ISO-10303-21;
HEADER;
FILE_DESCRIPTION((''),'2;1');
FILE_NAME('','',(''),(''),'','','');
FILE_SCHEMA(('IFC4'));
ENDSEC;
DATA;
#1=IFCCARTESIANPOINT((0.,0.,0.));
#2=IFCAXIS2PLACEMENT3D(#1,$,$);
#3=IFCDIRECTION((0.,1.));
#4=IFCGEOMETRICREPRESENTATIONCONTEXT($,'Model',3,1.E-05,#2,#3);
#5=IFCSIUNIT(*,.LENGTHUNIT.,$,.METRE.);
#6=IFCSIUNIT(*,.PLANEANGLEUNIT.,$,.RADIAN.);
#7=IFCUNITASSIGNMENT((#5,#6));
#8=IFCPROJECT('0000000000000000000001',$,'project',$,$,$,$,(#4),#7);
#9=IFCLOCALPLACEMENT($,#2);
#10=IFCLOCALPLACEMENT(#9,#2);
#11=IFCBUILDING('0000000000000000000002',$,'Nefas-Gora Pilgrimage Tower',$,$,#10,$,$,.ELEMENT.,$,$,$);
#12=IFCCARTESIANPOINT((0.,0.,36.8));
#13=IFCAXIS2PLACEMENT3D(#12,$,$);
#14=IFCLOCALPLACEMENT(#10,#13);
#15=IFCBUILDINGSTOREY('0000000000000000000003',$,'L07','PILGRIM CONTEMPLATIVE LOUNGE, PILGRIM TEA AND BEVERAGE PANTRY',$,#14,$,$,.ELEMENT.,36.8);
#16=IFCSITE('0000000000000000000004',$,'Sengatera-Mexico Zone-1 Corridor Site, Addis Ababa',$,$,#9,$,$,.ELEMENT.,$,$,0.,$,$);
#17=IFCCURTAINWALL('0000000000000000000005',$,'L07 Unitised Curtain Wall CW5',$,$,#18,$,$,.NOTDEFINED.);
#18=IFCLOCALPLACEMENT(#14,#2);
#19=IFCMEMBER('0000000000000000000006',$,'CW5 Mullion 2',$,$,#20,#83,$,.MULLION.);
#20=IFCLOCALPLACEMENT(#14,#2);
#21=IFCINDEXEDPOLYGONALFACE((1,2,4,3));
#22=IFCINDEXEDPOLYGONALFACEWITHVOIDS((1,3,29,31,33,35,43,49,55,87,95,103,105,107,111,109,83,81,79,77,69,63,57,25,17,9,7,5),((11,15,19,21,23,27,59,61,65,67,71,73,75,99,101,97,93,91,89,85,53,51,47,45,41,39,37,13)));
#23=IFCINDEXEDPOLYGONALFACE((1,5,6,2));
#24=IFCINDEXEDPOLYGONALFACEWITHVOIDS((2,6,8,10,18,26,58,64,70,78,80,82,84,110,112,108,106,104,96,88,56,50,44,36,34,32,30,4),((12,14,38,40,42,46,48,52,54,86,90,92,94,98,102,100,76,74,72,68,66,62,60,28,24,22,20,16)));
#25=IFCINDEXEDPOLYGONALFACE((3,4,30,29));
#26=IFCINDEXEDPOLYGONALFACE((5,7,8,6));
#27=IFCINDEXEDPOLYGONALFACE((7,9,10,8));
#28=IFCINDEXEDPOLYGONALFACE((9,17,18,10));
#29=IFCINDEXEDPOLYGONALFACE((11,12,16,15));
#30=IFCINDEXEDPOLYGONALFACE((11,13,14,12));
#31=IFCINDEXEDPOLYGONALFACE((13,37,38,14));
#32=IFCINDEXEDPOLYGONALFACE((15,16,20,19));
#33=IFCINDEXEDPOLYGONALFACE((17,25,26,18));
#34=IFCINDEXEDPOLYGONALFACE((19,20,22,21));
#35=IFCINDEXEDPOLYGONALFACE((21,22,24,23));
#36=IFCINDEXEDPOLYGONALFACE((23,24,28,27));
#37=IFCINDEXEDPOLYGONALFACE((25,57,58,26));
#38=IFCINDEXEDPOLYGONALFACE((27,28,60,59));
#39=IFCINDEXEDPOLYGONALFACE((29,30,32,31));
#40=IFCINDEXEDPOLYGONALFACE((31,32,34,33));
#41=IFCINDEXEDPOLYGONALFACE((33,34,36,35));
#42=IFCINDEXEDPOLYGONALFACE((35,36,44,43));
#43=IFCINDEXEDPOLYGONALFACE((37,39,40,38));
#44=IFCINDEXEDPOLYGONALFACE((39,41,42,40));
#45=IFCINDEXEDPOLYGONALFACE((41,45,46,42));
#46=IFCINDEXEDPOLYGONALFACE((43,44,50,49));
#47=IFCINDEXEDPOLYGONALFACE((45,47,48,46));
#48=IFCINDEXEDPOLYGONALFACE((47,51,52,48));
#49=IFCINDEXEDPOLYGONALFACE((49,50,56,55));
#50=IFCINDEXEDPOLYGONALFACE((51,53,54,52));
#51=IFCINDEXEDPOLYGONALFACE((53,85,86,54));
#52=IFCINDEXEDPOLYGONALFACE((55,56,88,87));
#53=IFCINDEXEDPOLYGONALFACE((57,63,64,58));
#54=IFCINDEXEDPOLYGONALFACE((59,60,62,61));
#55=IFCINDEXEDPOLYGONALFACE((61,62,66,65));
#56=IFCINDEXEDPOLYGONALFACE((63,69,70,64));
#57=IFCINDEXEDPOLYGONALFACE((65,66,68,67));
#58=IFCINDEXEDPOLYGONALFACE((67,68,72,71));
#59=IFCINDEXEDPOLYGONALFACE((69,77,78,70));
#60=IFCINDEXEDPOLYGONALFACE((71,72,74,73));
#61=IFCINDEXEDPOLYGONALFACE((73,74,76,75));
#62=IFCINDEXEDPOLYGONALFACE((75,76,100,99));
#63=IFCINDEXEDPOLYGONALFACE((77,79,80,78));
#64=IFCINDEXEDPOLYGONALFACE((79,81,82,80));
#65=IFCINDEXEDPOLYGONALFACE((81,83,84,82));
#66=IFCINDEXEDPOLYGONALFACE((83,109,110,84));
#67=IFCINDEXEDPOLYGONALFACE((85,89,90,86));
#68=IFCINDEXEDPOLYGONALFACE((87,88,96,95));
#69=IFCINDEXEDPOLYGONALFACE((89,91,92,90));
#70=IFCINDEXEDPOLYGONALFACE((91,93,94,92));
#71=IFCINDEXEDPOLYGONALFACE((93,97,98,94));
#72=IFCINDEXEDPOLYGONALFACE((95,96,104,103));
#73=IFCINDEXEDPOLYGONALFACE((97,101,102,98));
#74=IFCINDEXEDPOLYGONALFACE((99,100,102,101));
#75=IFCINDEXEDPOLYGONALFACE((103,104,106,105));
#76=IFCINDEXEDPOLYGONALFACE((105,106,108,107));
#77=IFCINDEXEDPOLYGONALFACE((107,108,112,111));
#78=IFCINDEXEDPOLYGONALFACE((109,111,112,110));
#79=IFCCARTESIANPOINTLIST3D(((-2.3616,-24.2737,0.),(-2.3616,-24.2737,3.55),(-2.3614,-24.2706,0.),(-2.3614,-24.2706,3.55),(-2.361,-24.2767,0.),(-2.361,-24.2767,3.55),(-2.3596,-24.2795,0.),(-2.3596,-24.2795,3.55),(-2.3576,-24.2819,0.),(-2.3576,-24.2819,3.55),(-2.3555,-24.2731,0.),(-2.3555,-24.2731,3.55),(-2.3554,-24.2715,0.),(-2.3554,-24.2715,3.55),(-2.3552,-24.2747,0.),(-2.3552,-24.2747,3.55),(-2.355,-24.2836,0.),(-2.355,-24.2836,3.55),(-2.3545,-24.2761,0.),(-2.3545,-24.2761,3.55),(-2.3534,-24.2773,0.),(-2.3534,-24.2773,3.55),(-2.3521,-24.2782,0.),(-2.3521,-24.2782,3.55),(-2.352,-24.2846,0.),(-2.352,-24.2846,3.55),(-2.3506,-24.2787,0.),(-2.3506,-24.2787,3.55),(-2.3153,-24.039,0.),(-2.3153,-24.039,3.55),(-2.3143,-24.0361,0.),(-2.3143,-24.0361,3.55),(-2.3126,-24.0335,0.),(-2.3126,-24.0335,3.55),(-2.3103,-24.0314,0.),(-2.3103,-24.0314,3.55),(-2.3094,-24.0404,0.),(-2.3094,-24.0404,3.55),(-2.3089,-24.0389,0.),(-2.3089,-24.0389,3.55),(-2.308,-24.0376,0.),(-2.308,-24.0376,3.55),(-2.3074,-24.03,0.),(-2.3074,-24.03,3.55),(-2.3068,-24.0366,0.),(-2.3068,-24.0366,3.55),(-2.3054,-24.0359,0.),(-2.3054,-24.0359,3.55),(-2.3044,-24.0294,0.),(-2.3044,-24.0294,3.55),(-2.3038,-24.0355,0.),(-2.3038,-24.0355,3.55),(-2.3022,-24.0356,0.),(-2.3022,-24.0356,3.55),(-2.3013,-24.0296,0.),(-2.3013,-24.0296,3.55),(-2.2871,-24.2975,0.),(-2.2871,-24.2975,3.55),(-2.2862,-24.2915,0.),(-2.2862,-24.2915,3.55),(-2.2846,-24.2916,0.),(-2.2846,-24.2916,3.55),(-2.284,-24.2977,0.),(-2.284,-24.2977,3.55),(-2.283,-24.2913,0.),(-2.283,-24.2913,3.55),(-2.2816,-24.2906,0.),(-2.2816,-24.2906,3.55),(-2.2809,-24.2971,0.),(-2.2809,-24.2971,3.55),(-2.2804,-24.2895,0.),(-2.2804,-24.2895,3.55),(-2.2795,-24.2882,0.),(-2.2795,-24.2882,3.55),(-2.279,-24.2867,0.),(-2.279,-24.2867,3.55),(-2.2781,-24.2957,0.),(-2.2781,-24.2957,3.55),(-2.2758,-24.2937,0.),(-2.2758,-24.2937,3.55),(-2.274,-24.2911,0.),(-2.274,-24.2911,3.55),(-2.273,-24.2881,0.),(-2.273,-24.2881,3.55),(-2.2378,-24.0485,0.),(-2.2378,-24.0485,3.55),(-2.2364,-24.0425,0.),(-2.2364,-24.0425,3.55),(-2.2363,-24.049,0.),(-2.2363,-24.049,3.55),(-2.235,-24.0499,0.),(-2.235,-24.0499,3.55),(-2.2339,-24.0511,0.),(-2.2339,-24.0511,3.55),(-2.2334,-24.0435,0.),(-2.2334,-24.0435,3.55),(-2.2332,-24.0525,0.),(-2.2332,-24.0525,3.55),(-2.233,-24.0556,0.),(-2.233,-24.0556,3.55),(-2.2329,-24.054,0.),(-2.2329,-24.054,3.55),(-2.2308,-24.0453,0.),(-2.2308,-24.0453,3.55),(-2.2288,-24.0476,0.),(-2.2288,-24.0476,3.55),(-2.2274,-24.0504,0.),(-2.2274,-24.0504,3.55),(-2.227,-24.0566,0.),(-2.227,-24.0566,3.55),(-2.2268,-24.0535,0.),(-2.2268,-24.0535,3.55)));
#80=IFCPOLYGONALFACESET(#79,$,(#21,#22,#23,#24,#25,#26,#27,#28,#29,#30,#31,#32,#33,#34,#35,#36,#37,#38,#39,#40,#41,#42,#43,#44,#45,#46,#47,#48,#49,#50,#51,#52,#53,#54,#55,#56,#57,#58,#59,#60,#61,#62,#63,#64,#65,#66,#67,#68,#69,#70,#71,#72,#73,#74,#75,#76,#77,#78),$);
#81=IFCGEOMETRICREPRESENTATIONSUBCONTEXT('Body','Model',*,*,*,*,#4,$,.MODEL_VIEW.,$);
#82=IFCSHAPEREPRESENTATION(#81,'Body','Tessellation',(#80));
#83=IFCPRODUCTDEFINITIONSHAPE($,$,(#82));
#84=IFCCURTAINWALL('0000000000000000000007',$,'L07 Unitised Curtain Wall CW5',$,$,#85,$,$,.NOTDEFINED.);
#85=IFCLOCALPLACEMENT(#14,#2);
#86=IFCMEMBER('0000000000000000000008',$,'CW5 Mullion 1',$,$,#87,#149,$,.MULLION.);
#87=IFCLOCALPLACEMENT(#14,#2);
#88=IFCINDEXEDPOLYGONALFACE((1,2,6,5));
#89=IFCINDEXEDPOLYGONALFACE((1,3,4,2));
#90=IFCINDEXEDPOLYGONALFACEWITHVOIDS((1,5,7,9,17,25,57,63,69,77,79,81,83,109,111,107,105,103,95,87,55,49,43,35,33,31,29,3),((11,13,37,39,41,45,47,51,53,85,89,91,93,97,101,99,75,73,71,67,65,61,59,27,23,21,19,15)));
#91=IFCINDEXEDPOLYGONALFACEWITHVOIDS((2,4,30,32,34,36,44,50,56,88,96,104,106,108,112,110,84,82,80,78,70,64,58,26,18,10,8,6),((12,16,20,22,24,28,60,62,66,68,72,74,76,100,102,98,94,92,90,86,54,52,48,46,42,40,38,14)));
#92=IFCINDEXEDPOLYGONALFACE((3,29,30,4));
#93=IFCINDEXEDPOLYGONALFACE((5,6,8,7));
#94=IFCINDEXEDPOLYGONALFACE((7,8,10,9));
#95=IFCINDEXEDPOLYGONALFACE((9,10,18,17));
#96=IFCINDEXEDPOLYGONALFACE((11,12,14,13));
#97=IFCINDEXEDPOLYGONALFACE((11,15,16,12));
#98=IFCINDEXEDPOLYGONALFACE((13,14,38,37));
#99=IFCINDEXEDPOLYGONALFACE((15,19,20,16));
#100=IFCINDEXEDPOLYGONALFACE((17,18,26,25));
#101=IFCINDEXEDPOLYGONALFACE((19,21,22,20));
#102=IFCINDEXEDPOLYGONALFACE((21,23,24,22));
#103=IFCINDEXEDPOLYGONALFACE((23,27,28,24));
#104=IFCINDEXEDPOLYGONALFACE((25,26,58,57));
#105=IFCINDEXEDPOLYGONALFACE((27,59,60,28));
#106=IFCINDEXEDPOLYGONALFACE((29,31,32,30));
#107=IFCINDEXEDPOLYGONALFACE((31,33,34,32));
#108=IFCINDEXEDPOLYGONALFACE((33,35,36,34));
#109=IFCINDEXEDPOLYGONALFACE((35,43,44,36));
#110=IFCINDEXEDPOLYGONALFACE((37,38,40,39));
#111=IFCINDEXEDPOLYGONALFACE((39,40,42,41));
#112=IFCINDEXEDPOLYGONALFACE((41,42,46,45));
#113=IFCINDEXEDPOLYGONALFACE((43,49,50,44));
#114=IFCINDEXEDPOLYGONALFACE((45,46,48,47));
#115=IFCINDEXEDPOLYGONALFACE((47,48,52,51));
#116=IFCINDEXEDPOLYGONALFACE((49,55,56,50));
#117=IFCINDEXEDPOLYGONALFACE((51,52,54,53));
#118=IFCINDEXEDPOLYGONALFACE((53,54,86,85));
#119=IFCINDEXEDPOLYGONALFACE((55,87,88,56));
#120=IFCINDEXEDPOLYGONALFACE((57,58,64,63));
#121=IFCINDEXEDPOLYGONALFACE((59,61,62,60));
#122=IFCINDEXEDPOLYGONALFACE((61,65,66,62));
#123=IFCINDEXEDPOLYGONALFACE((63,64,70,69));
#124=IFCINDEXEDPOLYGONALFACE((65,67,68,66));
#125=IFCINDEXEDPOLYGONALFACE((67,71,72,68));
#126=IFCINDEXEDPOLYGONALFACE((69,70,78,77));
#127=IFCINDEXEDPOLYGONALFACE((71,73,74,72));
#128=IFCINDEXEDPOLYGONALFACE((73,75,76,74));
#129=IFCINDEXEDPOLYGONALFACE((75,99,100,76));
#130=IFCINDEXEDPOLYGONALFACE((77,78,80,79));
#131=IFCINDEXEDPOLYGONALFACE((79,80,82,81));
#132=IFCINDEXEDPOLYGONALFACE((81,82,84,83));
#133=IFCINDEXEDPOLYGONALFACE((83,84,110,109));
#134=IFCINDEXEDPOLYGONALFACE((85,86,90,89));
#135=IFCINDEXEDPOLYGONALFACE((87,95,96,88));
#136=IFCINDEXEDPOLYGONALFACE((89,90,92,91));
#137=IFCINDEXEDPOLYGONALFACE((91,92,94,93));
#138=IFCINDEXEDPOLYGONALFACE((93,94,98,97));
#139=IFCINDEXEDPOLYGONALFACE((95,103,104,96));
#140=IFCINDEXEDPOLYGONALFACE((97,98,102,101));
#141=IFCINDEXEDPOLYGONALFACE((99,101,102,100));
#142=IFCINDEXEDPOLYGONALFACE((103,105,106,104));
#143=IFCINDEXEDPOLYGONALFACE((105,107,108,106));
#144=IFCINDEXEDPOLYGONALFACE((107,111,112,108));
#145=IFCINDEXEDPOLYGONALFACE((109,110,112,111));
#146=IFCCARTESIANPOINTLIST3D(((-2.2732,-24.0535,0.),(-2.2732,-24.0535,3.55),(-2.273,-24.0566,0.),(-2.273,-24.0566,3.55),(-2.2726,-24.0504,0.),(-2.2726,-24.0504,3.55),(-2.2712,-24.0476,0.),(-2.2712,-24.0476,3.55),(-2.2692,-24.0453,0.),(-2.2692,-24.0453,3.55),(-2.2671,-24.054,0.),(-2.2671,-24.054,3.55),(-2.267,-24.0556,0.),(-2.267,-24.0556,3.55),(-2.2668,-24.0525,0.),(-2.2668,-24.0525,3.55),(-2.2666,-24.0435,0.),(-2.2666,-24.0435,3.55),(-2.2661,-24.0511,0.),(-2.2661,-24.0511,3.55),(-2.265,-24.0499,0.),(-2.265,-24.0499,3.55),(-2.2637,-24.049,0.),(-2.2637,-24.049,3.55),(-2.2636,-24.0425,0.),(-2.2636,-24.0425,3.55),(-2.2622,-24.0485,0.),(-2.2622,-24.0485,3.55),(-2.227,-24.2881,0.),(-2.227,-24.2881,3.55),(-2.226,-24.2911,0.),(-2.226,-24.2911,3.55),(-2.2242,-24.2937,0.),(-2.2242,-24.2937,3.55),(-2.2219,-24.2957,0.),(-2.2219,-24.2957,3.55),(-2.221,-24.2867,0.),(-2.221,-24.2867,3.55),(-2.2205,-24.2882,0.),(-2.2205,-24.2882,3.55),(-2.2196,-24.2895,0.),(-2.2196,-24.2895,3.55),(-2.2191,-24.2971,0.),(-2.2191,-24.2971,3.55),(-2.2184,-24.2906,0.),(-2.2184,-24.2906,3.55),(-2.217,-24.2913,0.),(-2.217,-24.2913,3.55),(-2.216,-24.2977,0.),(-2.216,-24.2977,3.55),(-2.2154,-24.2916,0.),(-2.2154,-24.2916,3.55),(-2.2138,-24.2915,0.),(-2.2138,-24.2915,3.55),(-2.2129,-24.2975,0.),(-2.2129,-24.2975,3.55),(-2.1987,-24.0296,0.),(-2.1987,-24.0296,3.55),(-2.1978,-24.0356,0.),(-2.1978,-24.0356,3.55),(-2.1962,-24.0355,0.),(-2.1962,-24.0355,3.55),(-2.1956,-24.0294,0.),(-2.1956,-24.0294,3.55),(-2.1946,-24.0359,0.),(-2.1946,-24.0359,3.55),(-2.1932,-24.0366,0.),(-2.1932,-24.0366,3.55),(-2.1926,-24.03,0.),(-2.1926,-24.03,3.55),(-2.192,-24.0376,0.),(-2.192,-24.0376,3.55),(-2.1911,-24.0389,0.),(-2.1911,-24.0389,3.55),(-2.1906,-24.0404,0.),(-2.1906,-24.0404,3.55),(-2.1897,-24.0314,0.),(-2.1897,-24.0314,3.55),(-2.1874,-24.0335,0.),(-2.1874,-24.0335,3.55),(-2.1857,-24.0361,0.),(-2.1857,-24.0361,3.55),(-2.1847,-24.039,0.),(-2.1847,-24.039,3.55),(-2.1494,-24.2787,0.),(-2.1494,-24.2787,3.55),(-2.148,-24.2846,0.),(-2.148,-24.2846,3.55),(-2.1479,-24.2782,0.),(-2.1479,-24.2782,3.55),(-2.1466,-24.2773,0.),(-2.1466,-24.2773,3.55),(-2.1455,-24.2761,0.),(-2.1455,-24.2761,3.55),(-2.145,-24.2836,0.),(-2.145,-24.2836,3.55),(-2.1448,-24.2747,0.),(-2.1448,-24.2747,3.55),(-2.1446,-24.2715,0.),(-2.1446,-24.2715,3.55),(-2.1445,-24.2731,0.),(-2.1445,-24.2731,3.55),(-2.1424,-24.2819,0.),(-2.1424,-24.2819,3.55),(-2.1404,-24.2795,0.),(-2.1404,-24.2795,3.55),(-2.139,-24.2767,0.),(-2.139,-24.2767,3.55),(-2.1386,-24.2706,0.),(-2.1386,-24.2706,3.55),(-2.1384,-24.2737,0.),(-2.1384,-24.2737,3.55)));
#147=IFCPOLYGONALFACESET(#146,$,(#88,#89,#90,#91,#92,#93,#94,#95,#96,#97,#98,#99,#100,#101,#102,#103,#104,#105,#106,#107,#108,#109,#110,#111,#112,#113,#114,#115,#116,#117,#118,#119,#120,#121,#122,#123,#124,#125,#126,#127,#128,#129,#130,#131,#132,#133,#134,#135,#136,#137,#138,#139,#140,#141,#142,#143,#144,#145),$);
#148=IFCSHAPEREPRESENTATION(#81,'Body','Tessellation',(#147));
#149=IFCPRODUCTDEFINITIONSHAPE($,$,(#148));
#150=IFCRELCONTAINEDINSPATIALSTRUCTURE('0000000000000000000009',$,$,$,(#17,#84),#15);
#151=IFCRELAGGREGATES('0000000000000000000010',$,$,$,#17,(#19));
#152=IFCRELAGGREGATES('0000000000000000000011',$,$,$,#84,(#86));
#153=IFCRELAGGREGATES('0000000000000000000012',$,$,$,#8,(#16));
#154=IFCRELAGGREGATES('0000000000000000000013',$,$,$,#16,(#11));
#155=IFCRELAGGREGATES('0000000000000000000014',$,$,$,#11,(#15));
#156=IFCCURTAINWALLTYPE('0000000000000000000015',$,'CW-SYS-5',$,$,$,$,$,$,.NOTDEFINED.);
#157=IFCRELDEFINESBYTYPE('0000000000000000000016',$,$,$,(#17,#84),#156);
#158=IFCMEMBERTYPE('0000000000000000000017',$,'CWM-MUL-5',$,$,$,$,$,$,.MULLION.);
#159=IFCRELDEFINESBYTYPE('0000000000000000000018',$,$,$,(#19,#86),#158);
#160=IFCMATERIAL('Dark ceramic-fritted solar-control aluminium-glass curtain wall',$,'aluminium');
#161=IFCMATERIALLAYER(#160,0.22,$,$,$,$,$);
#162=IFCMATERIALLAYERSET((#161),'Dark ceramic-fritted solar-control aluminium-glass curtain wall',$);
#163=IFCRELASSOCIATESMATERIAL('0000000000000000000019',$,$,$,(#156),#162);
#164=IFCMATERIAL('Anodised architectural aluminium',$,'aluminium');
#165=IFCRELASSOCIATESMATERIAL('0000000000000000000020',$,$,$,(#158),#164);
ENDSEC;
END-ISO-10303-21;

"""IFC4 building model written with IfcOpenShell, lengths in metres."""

from ifc_helpers import new_model, si_unit, direction, frame, origin, origin_2d, place, context, subcontext, project, spatial, hollow_rectangle, extrude, source, transform, mapped, material, layer, layer_set, material_profile, profile_set, type_object, element, aggregate, save


model = new_model("IFC4")

# Units and contexts
model_context = context("Model", 3, precision=1e-05, world=origin(), true_north=direction((0.0, 1.0)))
body_context = subcontext(model_context, "Body", "Model", "MODEL_VIEW")
ifc_project = project(units=[si_unit("LENGTHUNIT", "METRE"), si_unit("PLANEANGLEUNIT", "RADIAN")], contexts=[model_context])

# Site, building, storey
site_placement = place(None, origin())
site = spatial("IfcSite", under=ifc_project, at=site_placement, Name="Sengatera-Mexico Zone-1 Corridor Site, Addis Ababa", CompositionType="ELEMENT", RefElevation=0.0)
building_placement = place(site_placement, origin())
building = spatial("IfcBuilding", under=site, at=building_placement, Name="Nefas-Gora Pilgrimage Tower", CompositionType="ELEMENT")
storey_placement = place(building_placement, frame((0.0, 0.0, 36.8)))
storey = spatial("IfcBuildingStorey", under=building, at=storey_placement, Name="L07", Description="PILGRIM CONTEMPLATIVE LOUNGE, PILGRIM TEA AND BEVERAGE PANTRY", CompositionType="ELEMENT", Elevation=36.8)

# Shared definitions
ifc_material_1 = material(Name="Dark ceramic-fritted solar-control aluminium-glass curtain wall", Category="aluminium")
ifc_layer_1 = layer(ifc_material_1, 0.22)
ifc_layer_set_1 = layer_set([ifc_layer_1], Name="Dark ceramic-fritted solar-control aluminium-glass curtain wall")
curtain_wall_type = type_object("IfcCurtainWallType", Name="CW-SYS-5", PredefinedType="NOTDEFINED", material=ifc_layer_set_1)
ifc_material_2 = material(Name="Anodised architectural aluminium", Category="aluminium")
ifc_material_profile_1 = material_profile(ifc_material_2, hollow_rectangle(XDim=0.0901, YDim=0.26, WallThickness=0.0061, InnerFilletRadius=0.0061, OuterFilletRadius=0.012, at=origin_2d()), Name="ALU MULLION 90x260")
ifc_profile_set_1 = profile_set([ifc_material_profile_1], Name="Anodised architectural aluminium")
member_type_1 = type_object("IfcMemberType", Name="CWM-MUL-5", PredefinedType="MULLION", material=ifc_profile_set_1)
shared_shape_1 = source(origin(), body_context, "Body", "SweptSolid", [
    extrude(hollow_rectangle(XDim=0.0901, YDim=0.26, WallThickness=0.0061, InnerFilletRadius=0.0061, OuterFilletRadius=0.012, at=origin_2d()), origin(), (0.0, 0.0, 1.0), 3.55),
])

# Curtain wall, member
curtain_wall_1_placement = place(storey_placement, origin())
curtain_wall_1 = element("IfcCurtainWall", 1, at=curtain_wall_1_placement, inside=storey, type_object=curtain_wall_type, Name="L07 Unitised Curtain Wall CW5", PredefinedType="NOTDEFINED")
member_1_placement = place(storey_placement, frame((-2.2942, -24.1636, 0.0), z_axis=(0.0, 0.0, 1.0), x_axis=(0.980783, -0.195102, 0.0)))
member_1 = element("IfcMember", 2, at=member_1_placement, type_object=member_type_1, Name="CW5 Mullion 2", PredefinedType="MULLION", context=body_context, shape_type="MappedRepresentation", body=[
    mapped(shared_shape_1, transform((0.0, 0.0, 0.0), x_axis=(1.0, 0.0, 0.0), y_axis=(0.0, 1.0, 0.0), z_axis=(0.0, 0.0, 1.0), scale=1.0)),
])

# Curtain wall, member
curtain_wall_2_placement = place(storey_placement, origin())
curtain_wall_2 = element("IfcCurtainWall", 3, at=curtain_wall_2_placement, inside=storey, type_object=curtain_wall_type, Name="L07 Unitised Curtain Wall CW5", PredefinedType="NOTDEFINED")
member_2_placement = place(storey_placement, frame((-2.2058, -24.1636, 0.0), z_axis=(0.0, 0.0, 1.0), x_axis=(0.980783, 0.195102, 0.0)))
member_2 = element("IfcMember", 4, at=member_2_placement, type_object=member_type_1, Name="CW5 Mullion 1", PredefinedType="MULLION", context=body_context, shape_type="MappedRepresentation", body=[
    mapped(shared_shape_1, transform((0.0, 0.0, 0.0), x_axis=(1.0, 0.0, 0.0), y_axis=(0.0, 1.0, 0.0), z_axis=(0.0, 0.0, 1.0), scale=1.0)),
])

aggregate(curtain_wall_1, [member_1])
aggregate(curtain_wall_2, [member_2])

save(model, "model.ifc")
